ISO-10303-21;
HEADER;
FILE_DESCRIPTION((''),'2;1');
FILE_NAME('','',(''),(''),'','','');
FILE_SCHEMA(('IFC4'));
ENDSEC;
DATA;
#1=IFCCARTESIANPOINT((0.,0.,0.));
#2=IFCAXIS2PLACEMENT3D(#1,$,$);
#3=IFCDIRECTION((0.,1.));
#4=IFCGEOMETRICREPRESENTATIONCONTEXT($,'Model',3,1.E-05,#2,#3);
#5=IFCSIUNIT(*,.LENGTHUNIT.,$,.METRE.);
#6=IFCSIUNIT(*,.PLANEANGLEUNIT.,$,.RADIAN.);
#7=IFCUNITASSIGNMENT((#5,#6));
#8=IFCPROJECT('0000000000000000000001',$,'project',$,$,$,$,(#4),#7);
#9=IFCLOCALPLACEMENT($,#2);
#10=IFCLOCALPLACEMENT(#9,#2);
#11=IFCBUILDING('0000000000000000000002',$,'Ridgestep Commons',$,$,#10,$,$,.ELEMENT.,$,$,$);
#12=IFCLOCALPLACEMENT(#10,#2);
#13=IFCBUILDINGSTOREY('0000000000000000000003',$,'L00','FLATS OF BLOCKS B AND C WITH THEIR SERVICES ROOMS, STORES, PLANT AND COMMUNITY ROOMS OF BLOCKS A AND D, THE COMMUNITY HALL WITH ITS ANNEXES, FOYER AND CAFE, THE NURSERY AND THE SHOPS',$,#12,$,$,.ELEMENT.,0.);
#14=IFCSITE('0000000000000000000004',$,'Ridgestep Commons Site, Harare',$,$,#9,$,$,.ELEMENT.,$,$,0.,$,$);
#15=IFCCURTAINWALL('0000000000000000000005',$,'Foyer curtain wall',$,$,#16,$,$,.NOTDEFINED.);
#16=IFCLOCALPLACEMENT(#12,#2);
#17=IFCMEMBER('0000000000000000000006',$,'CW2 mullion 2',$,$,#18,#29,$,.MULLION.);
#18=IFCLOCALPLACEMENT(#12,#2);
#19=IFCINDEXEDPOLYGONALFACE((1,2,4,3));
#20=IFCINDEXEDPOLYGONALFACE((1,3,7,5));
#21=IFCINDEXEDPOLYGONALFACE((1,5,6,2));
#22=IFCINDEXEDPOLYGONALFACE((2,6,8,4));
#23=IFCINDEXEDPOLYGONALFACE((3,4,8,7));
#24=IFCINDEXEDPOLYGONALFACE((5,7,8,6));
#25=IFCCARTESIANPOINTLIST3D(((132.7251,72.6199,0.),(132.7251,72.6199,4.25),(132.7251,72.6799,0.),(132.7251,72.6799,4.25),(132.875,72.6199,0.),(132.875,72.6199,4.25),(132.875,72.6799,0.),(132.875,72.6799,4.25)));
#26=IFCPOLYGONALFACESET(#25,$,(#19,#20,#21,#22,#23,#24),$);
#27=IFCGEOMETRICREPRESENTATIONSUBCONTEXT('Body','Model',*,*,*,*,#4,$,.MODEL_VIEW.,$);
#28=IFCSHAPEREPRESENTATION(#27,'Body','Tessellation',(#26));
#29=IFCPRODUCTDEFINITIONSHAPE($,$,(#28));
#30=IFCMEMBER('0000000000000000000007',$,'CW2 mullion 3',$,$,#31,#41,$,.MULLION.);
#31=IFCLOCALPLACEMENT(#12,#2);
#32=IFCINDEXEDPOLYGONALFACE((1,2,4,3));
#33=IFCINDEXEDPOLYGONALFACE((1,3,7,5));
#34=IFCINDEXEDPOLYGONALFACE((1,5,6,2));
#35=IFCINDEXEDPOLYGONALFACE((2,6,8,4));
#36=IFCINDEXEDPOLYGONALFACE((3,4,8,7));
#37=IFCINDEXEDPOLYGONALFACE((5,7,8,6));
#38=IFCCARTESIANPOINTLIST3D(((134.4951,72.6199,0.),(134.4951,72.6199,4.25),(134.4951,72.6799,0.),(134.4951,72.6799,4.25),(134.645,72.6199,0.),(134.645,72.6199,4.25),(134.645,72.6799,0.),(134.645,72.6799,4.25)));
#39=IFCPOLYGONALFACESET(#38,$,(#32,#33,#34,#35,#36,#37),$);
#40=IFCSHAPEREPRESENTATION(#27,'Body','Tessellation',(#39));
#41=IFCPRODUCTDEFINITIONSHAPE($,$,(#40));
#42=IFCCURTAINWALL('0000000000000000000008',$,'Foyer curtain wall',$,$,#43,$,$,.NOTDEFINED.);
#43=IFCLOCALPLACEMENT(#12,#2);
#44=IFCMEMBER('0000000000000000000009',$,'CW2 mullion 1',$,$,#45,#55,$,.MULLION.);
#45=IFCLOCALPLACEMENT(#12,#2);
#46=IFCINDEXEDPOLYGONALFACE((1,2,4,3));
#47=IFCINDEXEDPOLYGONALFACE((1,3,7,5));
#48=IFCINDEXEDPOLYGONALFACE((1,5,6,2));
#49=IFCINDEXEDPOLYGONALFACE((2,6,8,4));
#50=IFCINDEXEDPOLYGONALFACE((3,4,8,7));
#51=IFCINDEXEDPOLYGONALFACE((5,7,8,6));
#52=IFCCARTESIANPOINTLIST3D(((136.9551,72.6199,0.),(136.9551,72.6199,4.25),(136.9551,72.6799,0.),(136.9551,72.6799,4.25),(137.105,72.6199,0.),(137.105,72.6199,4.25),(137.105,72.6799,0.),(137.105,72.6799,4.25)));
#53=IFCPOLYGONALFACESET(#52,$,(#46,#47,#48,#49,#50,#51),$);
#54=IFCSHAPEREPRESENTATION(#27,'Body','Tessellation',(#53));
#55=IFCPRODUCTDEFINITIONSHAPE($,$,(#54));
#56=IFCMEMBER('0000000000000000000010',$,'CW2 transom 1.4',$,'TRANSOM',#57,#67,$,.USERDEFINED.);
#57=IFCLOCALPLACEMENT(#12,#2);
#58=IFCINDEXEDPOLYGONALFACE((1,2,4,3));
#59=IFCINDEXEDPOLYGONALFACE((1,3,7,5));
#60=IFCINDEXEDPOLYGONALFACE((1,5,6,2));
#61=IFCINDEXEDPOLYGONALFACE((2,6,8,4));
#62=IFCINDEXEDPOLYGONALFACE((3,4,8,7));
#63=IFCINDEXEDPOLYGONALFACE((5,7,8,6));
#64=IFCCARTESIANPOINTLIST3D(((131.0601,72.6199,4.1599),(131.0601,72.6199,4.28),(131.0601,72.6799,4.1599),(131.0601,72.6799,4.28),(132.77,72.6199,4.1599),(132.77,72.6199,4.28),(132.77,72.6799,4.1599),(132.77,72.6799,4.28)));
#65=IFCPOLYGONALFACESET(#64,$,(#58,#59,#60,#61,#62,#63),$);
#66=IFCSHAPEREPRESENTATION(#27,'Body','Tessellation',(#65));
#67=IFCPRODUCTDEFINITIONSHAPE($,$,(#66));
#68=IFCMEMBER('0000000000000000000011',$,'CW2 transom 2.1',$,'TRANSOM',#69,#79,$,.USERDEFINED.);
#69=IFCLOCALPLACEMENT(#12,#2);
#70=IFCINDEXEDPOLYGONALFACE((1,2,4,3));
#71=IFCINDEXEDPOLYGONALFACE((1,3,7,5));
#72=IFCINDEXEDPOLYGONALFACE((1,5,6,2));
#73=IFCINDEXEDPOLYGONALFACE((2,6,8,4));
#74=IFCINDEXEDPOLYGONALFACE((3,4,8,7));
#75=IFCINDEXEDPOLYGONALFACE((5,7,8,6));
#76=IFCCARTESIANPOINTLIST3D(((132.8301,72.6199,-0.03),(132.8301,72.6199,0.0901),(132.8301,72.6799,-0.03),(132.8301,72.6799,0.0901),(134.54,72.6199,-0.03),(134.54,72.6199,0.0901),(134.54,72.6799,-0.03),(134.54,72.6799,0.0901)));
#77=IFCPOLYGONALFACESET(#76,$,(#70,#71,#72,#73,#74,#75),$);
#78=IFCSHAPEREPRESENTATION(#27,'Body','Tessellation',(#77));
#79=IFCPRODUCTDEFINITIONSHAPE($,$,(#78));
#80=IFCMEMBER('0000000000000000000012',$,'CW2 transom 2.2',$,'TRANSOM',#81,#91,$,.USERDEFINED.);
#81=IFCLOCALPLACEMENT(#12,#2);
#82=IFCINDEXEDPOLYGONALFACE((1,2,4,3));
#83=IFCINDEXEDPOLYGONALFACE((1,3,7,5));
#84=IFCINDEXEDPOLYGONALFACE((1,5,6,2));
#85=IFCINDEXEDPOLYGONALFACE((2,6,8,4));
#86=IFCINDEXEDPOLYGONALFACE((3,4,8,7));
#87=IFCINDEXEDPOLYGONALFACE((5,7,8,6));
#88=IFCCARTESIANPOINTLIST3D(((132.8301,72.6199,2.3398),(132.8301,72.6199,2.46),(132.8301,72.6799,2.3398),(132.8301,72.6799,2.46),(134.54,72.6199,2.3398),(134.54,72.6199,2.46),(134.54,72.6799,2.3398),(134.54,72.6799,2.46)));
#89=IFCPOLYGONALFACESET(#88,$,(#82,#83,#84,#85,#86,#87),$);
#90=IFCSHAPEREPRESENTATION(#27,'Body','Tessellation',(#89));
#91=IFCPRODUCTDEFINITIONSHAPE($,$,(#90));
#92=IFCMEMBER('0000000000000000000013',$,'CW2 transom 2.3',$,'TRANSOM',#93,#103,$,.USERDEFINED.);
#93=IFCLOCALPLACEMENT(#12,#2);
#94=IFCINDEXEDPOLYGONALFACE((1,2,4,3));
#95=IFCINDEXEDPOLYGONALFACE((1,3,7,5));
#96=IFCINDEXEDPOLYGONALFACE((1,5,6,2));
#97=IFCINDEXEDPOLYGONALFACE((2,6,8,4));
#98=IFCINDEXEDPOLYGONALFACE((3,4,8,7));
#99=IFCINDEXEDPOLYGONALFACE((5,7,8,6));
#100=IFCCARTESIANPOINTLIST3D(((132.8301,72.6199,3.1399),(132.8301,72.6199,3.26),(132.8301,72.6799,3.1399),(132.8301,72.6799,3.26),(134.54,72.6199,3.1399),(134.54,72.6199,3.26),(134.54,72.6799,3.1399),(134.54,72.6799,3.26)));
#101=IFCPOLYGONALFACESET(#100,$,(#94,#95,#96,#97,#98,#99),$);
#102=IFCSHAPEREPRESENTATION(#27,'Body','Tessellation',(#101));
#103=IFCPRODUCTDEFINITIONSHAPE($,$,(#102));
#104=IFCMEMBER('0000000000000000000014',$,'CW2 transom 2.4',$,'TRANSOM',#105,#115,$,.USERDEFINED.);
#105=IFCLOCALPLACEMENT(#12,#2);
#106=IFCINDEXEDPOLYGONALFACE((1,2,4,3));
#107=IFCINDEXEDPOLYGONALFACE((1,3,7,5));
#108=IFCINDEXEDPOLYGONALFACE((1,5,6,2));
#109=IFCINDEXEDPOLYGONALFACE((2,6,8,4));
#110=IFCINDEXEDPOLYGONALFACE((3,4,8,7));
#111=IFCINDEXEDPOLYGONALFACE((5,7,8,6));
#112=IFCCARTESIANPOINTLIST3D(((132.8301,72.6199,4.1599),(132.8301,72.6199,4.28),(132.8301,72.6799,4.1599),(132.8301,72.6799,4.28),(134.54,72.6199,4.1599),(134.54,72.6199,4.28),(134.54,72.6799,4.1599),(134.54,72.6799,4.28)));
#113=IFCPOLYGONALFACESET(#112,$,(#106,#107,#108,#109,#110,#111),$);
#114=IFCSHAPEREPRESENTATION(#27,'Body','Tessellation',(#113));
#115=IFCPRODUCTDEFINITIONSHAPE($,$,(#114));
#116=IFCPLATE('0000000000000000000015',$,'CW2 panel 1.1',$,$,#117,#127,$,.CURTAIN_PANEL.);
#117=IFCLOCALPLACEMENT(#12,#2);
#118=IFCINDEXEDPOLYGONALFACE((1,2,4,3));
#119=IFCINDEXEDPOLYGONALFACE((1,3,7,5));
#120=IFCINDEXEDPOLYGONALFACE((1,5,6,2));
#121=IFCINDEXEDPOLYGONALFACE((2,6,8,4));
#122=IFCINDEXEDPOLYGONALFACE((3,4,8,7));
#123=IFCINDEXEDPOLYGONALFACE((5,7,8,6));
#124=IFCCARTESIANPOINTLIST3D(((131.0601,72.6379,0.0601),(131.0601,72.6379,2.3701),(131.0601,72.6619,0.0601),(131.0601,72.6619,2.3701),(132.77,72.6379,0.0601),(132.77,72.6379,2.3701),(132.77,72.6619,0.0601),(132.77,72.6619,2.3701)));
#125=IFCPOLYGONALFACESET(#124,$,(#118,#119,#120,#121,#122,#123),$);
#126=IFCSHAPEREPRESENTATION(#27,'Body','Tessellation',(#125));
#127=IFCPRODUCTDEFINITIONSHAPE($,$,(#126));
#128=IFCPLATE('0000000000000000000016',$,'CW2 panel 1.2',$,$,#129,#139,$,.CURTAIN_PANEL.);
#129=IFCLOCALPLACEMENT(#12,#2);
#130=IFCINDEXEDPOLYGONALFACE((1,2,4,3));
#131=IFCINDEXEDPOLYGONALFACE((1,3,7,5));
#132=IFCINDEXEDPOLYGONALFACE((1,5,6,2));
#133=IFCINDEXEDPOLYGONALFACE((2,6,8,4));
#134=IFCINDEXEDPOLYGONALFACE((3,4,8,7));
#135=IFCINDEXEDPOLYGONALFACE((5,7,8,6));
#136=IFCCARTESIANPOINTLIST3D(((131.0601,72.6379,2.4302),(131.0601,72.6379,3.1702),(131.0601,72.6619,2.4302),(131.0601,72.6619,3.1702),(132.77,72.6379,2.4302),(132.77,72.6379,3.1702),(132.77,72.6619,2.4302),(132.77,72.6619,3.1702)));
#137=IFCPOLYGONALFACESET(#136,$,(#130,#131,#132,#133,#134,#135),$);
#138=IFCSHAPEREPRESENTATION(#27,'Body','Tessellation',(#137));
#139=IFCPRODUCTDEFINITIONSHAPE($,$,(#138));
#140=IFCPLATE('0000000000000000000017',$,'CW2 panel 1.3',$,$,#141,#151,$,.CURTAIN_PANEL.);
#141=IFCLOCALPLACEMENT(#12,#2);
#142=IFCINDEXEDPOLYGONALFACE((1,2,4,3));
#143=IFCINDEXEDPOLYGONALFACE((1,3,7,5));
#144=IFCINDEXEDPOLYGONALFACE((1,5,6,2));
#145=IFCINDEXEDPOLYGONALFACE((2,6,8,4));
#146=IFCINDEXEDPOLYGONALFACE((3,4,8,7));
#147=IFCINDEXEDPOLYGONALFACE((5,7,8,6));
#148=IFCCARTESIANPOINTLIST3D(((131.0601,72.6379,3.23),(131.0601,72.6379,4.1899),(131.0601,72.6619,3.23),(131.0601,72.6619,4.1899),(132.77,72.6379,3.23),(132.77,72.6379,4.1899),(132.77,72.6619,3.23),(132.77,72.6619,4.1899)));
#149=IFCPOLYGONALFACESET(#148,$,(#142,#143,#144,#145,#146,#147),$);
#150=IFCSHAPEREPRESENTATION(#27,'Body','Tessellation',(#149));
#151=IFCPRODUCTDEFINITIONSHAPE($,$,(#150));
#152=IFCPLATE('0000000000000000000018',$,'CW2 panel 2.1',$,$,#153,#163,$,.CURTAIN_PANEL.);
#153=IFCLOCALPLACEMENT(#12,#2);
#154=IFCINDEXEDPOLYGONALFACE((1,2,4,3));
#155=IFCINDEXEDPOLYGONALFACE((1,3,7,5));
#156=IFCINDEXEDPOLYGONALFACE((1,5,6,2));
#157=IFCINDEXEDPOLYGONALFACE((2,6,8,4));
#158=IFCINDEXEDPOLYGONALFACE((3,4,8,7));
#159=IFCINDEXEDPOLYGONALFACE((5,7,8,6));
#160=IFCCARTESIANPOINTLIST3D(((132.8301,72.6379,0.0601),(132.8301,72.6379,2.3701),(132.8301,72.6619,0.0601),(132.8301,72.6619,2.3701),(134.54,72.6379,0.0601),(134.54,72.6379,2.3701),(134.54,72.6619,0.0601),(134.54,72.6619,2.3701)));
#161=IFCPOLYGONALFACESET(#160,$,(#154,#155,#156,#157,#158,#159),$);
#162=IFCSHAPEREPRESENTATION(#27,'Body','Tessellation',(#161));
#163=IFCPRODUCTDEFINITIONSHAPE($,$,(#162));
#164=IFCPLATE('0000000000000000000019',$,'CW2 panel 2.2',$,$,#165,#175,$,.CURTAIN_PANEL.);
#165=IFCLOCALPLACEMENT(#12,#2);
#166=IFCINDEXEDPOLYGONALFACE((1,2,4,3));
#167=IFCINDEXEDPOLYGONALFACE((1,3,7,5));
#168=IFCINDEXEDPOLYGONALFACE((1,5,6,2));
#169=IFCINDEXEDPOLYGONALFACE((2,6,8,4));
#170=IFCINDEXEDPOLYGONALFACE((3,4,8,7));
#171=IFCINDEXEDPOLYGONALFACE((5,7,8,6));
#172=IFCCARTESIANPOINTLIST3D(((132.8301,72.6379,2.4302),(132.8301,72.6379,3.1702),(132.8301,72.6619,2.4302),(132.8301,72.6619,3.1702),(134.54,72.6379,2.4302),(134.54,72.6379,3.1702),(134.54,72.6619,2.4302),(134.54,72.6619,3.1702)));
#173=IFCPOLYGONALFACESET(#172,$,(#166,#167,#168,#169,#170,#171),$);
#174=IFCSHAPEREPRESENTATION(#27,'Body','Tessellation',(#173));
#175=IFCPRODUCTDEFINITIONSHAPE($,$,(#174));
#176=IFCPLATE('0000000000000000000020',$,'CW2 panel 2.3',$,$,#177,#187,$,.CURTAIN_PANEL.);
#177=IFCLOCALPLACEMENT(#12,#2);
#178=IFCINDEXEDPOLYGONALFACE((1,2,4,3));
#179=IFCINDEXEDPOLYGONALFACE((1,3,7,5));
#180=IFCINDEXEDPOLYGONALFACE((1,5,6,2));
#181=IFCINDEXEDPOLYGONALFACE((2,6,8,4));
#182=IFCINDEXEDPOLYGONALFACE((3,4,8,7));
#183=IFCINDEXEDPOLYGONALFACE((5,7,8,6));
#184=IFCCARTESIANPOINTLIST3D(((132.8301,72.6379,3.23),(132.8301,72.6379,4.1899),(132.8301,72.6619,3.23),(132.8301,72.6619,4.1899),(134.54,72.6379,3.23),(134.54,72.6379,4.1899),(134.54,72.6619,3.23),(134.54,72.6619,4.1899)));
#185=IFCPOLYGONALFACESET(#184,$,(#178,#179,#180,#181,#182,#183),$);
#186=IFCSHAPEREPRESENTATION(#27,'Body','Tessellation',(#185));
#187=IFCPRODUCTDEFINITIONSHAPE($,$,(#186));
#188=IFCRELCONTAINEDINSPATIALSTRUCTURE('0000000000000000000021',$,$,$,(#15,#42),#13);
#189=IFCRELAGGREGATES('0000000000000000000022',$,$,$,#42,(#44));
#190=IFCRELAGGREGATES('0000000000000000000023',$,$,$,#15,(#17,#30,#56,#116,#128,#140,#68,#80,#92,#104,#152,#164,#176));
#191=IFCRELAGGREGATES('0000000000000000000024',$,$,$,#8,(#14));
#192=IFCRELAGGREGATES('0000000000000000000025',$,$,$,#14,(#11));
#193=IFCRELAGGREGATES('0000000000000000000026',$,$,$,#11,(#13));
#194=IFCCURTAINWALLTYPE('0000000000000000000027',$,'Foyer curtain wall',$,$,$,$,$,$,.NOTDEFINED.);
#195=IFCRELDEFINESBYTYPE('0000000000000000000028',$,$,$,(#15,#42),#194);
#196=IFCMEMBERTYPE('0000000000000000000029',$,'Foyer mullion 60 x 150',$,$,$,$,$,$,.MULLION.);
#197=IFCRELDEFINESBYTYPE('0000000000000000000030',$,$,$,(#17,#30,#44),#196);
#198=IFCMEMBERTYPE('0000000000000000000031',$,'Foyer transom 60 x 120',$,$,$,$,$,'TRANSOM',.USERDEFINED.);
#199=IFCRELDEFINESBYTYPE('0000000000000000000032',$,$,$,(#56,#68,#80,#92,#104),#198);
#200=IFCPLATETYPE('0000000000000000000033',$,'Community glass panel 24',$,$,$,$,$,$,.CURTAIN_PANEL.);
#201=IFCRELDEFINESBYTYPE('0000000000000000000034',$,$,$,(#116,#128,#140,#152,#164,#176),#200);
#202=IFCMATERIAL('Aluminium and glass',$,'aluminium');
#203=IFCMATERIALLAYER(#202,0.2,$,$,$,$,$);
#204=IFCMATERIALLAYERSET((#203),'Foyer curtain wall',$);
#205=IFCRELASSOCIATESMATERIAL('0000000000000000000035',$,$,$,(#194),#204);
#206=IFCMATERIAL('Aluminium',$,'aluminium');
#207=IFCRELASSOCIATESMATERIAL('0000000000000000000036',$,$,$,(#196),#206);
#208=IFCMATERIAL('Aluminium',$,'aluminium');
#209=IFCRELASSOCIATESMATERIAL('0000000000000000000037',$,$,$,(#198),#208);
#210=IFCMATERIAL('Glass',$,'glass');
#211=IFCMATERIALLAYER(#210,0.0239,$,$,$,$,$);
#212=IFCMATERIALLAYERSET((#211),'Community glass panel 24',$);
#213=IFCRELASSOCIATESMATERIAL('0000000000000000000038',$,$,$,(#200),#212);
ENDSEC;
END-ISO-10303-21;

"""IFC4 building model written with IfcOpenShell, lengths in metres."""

from ifc_helpers import new_model, si_unit, direction, frame, origin, origin_2d, place, context, subcontext, project, spatial, rectangle, extrude, material, layer, layer_set, material_profile, profile_set, type_object, element, aggregate, save


model = new_model("IFC4")

# Units and contexts
model_context = context("Model", 3, precision=1e-05, world=origin(), true_north=direction((0.0, 1.0)))
body_context = subcontext(model_context, "Body", "Model", "MODEL_VIEW")
ifc_project = project(units=[si_unit("LENGTHUNIT", "METRE"), si_unit("PLANEANGLEUNIT", "RADIAN")], contexts=[model_context])

# Site, building, storey
site_placement = place(None, origin())
site = spatial("IfcSite", under=ifc_project, at=site_placement, Name="Ridgestep Commons Site, Harare", CompositionType="ELEMENT", RefElevation=0.0)
building_placement = place(site_placement, origin())
building = spatial("IfcBuilding", under=site, at=building_placement, Name="Ridgestep Commons", CompositionType="ELEMENT")
storey_placement = place(building_placement, origin())
storey = spatial("IfcBuildingStorey", under=building, at=storey_placement, Name="L00", Description="FLATS OF BLOCKS B AND C WITH THEIR SERVICES ROOMS, STORES, PLANT AND COMMUNITY ROOMS OF BLOCKS A AND D, THE COMMUNITY HALL WITH ITS ANNEXES, FOYER AND CAFE, THE NURSERY AND THE SHOPS", CompositionType="ELEMENT", Elevation=0.0)

# Curtain wall, members
ifc_material_1 = material(Name="Aluminium and glass", Category="aluminium")
ifc_layer_1 = layer(ifc_material_1, 0.2)
ifc_layer_set_1 = layer_set([ifc_layer_1], Name="Foyer curtain wall")
curtain_wall_type = type_object("IfcCurtainWallType", Name="Foyer curtain wall", PredefinedType="NOTDEFINED", material=ifc_layer_set_1)
curtain_wall_1_placement = place(storey_placement, origin())
curtain_wall_1 = element("IfcCurtainWall", 1, at=curtain_wall_1_placement, inside=storey, type_object=curtain_wall_type, Name="Foyer curtain wall", PredefinedType="NOTDEFINED")
ifc_material_2 = material(Name="Aluminium", Category="aluminium")
ifc_material_profile_1 = material_profile(ifc_material_2, rectangle(XDim=0.0601, YDim=0.1499, at=origin_2d()), Name="Foyer mullion 60 x 150")
ifc_profile_set_1 = profile_set([ifc_material_profile_1], Name="Aluminium")
member_type_1 = type_object("IfcMemberType", Name="Foyer mullion 60 x 150", PredefinedType="MULLION", material=ifc_profile_set_1)
member_1_placement = place(storey_placement, frame((132.8, 72.6499, 0.0), z_axis=(0.0, 0.0, 1.0), x_axis=(0.0, 1.0, 0.0)))
member_1 = element("IfcMember", 2, at=member_1_placement, type_object=member_type_1, Name="CW2 mullion 2", PredefinedType="MULLION", context=body_context, shape_type="SweptSolid", body=[
    extrude(rectangle(XDim=0.0601, YDim=0.1499, at=origin_2d()), origin(), (0.0, 0.0, 1.0), 4.25),
])
member_2_placement = place(storey_placement, frame((134.5701, 72.6499, 0.0), z_axis=(0.0, 0.0, 1.0), x_axis=(0.0, 1.0, 0.0)))
member_2 = element("IfcMember", 3, at=member_2_placement, type_object=member_type_1, Name="CW2 mullion 3", PredefinedType="MULLION", context=body_context, shape_type="SweptSolid", body=[
    extrude(rectangle(XDim=0.0601, YDim=0.1499, at=origin_2d()), origin(), (0.0, 0.0, 1.0), 4.25),
])

# Curtain wall, member
curtain_wall_2_placement = place(storey_placement, origin())
curtain_wall_2 = element("IfcCurtainWall", 4, at=curtain_wall_2_placement, inside=storey, type_object=curtain_wall_type, Name="Foyer curtain wall", PredefinedType="NOTDEFINED")
member_3_placement = place(storey_placement, frame((137.03, 72.6499, 0.0), z_axis=(0.0, 0.0, 1.0), x_axis=(0.0, 1.0, 0.0)))
member_3 = element("IfcMember", 5, at=member_3_placement, type_object=member_type_1, Name="CW2 mullion 1", PredefinedType="MULLION", context=body_context, shape_type="SweptSolid", body=[
    extrude(rectangle(XDim=0.0601, YDim=0.1499, at=origin_2d()), origin(), (0.0, 0.0, 1.0), 4.25),
])
aggregate(curtain_wall_2, [member_3])

# Members
ifc_material_3 = material(Name="Aluminium", Category="aluminium")
ifc_material_profile_2 = material_profile(ifc_material_3, rectangle(XDim=0.0601, YDim=0.1201, at=origin_2d()), Name="Foyer transom 60 x 120")
ifc_profile_set_2 = profile_set([ifc_material_profile_2], Name="Aluminium")
member_type_2 = type_object("IfcMemberType", Name="Foyer transom 60 x 120", ElementType="TRANSOM", PredefinedType="USERDEFINED", material=ifc_profile_set_2)
member_4_placement = place(storey_placement, frame((131.0601, 72.6499, 4.22), z_axis=(1.0, 0.0, 0.0), x_axis=(0.0, 1.0, 0.0)))
member_4 = element("IfcMember", 6, at=member_4_placement, type_object=member_type_2, Name="CW2 transom 1.4", ObjectType="TRANSOM", PredefinedType="USERDEFINED", context=body_context, shape_type="SweptSolid", body=[
    extrude(rectangle(XDim=0.0601, YDim=0.1201, at=origin_2d()), origin(), (0.0, 0.0, 1.0), 1.71),
])
member_5_placement = place(storey_placement, frame((132.8301, 72.6499, 0.03), z_axis=(1.0, 0.0, 0.0), x_axis=(0.0, 1.0, 0.0)))
member_5 = element("IfcMember", 7, at=member_5_placement, type_object=member_type_2, Name="CW2 transom 2.1", ObjectType="TRANSOM", PredefinedType="USERDEFINED", context=body_context, shape_type="SweptSolid", body=[
    extrude(rectangle(XDim=0.0601, YDim=0.1201, at=origin_2d()), origin(), (0.0, 0.0, 1.0), 1.71),
])
member_6_placement = place(storey_placement, frame((132.8301, 72.6499, 2.3999), z_axis=(1.0, 0.0, 0.0), x_axis=(0.0, 1.0, 0.0)))
member_6 = element("IfcMember", 8, at=member_6_placement, type_object=member_type_2, Name="CW2 transom 2.2", ObjectType="TRANSOM", PredefinedType="USERDEFINED", context=body_context, shape_type="SweptSolid", body=[
    extrude(rectangle(XDim=0.0601, YDim=0.1201, at=origin_2d()), origin(), (0.0, 0.0, 1.0), 1.71),
])
member_7_placement = place(storey_placement, frame((132.8301, 72.6499, 3.2), z_axis=(1.0, 0.0, 0.0), x_axis=(0.0, 1.0, 0.0)))
member_7 = element("IfcMember", 9, at=member_7_placement, type_object=member_type_2, Name="CW2 transom 2.3", ObjectType="TRANSOM", PredefinedType="USERDEFINED", context=body_context, shape_type="SweptSolid", body=[
    extrude(rectangle(XDim=0.0601, YDim=0.1201, at=origin_2d()), origin(), (0.0, 0.0, 1.0), 1.71),
])
member_8_placement = place(storey_placement, frame((132.8301, 72.6499, 4.22), z_axis=(1.0, 0.0, 0.0), x_axis=(0.0, 1.0, 0.0)))
member_8 = element("IfcMember", 10, at=member_8_placement, type_object=member_type_2, Name="CW2 transom 2.4", ObjectType="TRANSOM", PredefinedType="USERDEFINED", context=body_context, shape_type="SweptSolid", body=[
    extrude(rectangle(XDim=0.0601, YDim=0.1201, at=origin_2d()), origin(), (0.0, 0.0, 1.0), 1.71),
])

# Plates
ifc_material_4 = material(Name="Glass", Category="glass")
ifc_layer_2 = layer(ifc_material_4, 0.0239)
ifc_layer_set_2 = layer_set([ifc_layer_2], Name="Community glass panel 24")
plate_type = type_object("IfcPlateType", Name="Community glass panel 24", PredefinedType="CURTAIN_PANEL", material=ifc_layer_set_2)
plate_1_placement = place(storey_placement, frame((131.915, 72.6499, 0.0601), z_axis=(0.0, 0.0, 1.0), x_axis=(1.0, 0.0, 0.0)))
plate_1 = element("IfcPlate", 11, at=plate_1_placement, type_object=plate_type, Name="CW2 panel 1.1", PredefinedType="CURTAIN_PANEL", context=body_context, shape_type="SweptSolid", body=[
    extrude(rectangle(XDim=1.71, YDim=0.0239, at=origin_2d()), origin(), (0.0, 0.0, 1.0), 2.3101),
])
plate_2_placement = place(storey_placement, frame((131.915, 72.6499, 2.4302), z_axis=(0.0, 0.0, 1.0), x_axis=(1.0, 0.0, 0.0)))
plate_2 = element("IfcPlate", 12, at=plate_2_placement, type_object=plate_type, Name="CW2 panel 1.2", PredefinedType="CURTAIN_PANEL", context=body_context, shape_type="SweptSolid", body=[
    extrude(rectangle(XDim=1.71, YDim=0.0239, at=origin_2d()), origin(), (0.0, 0.0, 1.0), 0.74),
])
plate_3_placement = place(storey_placement, frame((131.915, 72.6499, 3.23), z_axis=(0.0, 0.0, 1.0), x_axis=(1.0, 0.0, 0.0)))
plate_3 = element("IfcPlate", 13, at=plate_3_placement, type_object=plate_type, Name="CW2 panel 1.3", PredefinedType="CURTAIN_PANEL", context=body_context, shape_type="SweptSolid", body=[
    extrude(rectangle(XDim=1.71, YDim=0.0239, at=origin_2d()), origin(), (0.0, 0.0, 1.0), 0.96),
])
plate_4_placement = place(storey_placement, frame((133.6851, 72.6499, 0.0601), z_axis=(0.0, 0.0, 1.0), x_axis=(1.0, 0.0, 0.0)))
plate_4 = element("IfcPlate", 14, at=plate_4_placement, type_object=plate_type, Name="CW2 panel 2.1", PredefinedType="CURTAIN_PANEL", context=body_context, shape_type="SweptSolid", body=[
    extrude(rectangle(XDim=1.71, YDim=0.0239, at=origin_2d()), origin(), (0.0, 0.0, 1.0), 2.3101),
])
plate_5_placement = place(storey_placement, frame((133.6851, 72.6499, 2.4302), z_axis=(0.0, 0.0, 1.0), x_axis=(1.0, 0.0, 0.0)))
plate_5 = element("IfcPlate", 15, at=plate_5_placement, type_object=plate_type, Name="CW2 panel 2.2", PredefinedType="CURTAIN_PANEL", context=body_context, shape_type="SweptSolid", body=[
    extrude(rectangle(XDim=1.71, YDim=0.0239, at=origin_2d()), origin(), (0.0, 0.0, 1.0), 0.74),
])
plate_6_placement = place(storey_placement, frame((133.6851, 72.6499, 3.23), z_axis=(0.0, 0.0, 1.0), x_axis=(1.0, 0.0, 0.0)))
plate_6 = element("IfcPlate", 16, at=plate_6_placement, type_object=plate_type, Name="CW2 panel 2.3", PredefinedType="CURTAIN_PANEL", context=body_context, shape_type="SweptSolid", body=[
    extrude(rectangle(XDim=1.71, YDim=0.0239, at=origin_2d()), origin(), (0.0, 0.0, 1.0), 0.96),
])
aggregate(curtain_wall_1, [member_1, member_2, member_4, plate_1, plate_2, plate_3, member_5, member_6, member_7, member_8, plate_4, plate_5, plate_6])

save(model, "model.ifc")
